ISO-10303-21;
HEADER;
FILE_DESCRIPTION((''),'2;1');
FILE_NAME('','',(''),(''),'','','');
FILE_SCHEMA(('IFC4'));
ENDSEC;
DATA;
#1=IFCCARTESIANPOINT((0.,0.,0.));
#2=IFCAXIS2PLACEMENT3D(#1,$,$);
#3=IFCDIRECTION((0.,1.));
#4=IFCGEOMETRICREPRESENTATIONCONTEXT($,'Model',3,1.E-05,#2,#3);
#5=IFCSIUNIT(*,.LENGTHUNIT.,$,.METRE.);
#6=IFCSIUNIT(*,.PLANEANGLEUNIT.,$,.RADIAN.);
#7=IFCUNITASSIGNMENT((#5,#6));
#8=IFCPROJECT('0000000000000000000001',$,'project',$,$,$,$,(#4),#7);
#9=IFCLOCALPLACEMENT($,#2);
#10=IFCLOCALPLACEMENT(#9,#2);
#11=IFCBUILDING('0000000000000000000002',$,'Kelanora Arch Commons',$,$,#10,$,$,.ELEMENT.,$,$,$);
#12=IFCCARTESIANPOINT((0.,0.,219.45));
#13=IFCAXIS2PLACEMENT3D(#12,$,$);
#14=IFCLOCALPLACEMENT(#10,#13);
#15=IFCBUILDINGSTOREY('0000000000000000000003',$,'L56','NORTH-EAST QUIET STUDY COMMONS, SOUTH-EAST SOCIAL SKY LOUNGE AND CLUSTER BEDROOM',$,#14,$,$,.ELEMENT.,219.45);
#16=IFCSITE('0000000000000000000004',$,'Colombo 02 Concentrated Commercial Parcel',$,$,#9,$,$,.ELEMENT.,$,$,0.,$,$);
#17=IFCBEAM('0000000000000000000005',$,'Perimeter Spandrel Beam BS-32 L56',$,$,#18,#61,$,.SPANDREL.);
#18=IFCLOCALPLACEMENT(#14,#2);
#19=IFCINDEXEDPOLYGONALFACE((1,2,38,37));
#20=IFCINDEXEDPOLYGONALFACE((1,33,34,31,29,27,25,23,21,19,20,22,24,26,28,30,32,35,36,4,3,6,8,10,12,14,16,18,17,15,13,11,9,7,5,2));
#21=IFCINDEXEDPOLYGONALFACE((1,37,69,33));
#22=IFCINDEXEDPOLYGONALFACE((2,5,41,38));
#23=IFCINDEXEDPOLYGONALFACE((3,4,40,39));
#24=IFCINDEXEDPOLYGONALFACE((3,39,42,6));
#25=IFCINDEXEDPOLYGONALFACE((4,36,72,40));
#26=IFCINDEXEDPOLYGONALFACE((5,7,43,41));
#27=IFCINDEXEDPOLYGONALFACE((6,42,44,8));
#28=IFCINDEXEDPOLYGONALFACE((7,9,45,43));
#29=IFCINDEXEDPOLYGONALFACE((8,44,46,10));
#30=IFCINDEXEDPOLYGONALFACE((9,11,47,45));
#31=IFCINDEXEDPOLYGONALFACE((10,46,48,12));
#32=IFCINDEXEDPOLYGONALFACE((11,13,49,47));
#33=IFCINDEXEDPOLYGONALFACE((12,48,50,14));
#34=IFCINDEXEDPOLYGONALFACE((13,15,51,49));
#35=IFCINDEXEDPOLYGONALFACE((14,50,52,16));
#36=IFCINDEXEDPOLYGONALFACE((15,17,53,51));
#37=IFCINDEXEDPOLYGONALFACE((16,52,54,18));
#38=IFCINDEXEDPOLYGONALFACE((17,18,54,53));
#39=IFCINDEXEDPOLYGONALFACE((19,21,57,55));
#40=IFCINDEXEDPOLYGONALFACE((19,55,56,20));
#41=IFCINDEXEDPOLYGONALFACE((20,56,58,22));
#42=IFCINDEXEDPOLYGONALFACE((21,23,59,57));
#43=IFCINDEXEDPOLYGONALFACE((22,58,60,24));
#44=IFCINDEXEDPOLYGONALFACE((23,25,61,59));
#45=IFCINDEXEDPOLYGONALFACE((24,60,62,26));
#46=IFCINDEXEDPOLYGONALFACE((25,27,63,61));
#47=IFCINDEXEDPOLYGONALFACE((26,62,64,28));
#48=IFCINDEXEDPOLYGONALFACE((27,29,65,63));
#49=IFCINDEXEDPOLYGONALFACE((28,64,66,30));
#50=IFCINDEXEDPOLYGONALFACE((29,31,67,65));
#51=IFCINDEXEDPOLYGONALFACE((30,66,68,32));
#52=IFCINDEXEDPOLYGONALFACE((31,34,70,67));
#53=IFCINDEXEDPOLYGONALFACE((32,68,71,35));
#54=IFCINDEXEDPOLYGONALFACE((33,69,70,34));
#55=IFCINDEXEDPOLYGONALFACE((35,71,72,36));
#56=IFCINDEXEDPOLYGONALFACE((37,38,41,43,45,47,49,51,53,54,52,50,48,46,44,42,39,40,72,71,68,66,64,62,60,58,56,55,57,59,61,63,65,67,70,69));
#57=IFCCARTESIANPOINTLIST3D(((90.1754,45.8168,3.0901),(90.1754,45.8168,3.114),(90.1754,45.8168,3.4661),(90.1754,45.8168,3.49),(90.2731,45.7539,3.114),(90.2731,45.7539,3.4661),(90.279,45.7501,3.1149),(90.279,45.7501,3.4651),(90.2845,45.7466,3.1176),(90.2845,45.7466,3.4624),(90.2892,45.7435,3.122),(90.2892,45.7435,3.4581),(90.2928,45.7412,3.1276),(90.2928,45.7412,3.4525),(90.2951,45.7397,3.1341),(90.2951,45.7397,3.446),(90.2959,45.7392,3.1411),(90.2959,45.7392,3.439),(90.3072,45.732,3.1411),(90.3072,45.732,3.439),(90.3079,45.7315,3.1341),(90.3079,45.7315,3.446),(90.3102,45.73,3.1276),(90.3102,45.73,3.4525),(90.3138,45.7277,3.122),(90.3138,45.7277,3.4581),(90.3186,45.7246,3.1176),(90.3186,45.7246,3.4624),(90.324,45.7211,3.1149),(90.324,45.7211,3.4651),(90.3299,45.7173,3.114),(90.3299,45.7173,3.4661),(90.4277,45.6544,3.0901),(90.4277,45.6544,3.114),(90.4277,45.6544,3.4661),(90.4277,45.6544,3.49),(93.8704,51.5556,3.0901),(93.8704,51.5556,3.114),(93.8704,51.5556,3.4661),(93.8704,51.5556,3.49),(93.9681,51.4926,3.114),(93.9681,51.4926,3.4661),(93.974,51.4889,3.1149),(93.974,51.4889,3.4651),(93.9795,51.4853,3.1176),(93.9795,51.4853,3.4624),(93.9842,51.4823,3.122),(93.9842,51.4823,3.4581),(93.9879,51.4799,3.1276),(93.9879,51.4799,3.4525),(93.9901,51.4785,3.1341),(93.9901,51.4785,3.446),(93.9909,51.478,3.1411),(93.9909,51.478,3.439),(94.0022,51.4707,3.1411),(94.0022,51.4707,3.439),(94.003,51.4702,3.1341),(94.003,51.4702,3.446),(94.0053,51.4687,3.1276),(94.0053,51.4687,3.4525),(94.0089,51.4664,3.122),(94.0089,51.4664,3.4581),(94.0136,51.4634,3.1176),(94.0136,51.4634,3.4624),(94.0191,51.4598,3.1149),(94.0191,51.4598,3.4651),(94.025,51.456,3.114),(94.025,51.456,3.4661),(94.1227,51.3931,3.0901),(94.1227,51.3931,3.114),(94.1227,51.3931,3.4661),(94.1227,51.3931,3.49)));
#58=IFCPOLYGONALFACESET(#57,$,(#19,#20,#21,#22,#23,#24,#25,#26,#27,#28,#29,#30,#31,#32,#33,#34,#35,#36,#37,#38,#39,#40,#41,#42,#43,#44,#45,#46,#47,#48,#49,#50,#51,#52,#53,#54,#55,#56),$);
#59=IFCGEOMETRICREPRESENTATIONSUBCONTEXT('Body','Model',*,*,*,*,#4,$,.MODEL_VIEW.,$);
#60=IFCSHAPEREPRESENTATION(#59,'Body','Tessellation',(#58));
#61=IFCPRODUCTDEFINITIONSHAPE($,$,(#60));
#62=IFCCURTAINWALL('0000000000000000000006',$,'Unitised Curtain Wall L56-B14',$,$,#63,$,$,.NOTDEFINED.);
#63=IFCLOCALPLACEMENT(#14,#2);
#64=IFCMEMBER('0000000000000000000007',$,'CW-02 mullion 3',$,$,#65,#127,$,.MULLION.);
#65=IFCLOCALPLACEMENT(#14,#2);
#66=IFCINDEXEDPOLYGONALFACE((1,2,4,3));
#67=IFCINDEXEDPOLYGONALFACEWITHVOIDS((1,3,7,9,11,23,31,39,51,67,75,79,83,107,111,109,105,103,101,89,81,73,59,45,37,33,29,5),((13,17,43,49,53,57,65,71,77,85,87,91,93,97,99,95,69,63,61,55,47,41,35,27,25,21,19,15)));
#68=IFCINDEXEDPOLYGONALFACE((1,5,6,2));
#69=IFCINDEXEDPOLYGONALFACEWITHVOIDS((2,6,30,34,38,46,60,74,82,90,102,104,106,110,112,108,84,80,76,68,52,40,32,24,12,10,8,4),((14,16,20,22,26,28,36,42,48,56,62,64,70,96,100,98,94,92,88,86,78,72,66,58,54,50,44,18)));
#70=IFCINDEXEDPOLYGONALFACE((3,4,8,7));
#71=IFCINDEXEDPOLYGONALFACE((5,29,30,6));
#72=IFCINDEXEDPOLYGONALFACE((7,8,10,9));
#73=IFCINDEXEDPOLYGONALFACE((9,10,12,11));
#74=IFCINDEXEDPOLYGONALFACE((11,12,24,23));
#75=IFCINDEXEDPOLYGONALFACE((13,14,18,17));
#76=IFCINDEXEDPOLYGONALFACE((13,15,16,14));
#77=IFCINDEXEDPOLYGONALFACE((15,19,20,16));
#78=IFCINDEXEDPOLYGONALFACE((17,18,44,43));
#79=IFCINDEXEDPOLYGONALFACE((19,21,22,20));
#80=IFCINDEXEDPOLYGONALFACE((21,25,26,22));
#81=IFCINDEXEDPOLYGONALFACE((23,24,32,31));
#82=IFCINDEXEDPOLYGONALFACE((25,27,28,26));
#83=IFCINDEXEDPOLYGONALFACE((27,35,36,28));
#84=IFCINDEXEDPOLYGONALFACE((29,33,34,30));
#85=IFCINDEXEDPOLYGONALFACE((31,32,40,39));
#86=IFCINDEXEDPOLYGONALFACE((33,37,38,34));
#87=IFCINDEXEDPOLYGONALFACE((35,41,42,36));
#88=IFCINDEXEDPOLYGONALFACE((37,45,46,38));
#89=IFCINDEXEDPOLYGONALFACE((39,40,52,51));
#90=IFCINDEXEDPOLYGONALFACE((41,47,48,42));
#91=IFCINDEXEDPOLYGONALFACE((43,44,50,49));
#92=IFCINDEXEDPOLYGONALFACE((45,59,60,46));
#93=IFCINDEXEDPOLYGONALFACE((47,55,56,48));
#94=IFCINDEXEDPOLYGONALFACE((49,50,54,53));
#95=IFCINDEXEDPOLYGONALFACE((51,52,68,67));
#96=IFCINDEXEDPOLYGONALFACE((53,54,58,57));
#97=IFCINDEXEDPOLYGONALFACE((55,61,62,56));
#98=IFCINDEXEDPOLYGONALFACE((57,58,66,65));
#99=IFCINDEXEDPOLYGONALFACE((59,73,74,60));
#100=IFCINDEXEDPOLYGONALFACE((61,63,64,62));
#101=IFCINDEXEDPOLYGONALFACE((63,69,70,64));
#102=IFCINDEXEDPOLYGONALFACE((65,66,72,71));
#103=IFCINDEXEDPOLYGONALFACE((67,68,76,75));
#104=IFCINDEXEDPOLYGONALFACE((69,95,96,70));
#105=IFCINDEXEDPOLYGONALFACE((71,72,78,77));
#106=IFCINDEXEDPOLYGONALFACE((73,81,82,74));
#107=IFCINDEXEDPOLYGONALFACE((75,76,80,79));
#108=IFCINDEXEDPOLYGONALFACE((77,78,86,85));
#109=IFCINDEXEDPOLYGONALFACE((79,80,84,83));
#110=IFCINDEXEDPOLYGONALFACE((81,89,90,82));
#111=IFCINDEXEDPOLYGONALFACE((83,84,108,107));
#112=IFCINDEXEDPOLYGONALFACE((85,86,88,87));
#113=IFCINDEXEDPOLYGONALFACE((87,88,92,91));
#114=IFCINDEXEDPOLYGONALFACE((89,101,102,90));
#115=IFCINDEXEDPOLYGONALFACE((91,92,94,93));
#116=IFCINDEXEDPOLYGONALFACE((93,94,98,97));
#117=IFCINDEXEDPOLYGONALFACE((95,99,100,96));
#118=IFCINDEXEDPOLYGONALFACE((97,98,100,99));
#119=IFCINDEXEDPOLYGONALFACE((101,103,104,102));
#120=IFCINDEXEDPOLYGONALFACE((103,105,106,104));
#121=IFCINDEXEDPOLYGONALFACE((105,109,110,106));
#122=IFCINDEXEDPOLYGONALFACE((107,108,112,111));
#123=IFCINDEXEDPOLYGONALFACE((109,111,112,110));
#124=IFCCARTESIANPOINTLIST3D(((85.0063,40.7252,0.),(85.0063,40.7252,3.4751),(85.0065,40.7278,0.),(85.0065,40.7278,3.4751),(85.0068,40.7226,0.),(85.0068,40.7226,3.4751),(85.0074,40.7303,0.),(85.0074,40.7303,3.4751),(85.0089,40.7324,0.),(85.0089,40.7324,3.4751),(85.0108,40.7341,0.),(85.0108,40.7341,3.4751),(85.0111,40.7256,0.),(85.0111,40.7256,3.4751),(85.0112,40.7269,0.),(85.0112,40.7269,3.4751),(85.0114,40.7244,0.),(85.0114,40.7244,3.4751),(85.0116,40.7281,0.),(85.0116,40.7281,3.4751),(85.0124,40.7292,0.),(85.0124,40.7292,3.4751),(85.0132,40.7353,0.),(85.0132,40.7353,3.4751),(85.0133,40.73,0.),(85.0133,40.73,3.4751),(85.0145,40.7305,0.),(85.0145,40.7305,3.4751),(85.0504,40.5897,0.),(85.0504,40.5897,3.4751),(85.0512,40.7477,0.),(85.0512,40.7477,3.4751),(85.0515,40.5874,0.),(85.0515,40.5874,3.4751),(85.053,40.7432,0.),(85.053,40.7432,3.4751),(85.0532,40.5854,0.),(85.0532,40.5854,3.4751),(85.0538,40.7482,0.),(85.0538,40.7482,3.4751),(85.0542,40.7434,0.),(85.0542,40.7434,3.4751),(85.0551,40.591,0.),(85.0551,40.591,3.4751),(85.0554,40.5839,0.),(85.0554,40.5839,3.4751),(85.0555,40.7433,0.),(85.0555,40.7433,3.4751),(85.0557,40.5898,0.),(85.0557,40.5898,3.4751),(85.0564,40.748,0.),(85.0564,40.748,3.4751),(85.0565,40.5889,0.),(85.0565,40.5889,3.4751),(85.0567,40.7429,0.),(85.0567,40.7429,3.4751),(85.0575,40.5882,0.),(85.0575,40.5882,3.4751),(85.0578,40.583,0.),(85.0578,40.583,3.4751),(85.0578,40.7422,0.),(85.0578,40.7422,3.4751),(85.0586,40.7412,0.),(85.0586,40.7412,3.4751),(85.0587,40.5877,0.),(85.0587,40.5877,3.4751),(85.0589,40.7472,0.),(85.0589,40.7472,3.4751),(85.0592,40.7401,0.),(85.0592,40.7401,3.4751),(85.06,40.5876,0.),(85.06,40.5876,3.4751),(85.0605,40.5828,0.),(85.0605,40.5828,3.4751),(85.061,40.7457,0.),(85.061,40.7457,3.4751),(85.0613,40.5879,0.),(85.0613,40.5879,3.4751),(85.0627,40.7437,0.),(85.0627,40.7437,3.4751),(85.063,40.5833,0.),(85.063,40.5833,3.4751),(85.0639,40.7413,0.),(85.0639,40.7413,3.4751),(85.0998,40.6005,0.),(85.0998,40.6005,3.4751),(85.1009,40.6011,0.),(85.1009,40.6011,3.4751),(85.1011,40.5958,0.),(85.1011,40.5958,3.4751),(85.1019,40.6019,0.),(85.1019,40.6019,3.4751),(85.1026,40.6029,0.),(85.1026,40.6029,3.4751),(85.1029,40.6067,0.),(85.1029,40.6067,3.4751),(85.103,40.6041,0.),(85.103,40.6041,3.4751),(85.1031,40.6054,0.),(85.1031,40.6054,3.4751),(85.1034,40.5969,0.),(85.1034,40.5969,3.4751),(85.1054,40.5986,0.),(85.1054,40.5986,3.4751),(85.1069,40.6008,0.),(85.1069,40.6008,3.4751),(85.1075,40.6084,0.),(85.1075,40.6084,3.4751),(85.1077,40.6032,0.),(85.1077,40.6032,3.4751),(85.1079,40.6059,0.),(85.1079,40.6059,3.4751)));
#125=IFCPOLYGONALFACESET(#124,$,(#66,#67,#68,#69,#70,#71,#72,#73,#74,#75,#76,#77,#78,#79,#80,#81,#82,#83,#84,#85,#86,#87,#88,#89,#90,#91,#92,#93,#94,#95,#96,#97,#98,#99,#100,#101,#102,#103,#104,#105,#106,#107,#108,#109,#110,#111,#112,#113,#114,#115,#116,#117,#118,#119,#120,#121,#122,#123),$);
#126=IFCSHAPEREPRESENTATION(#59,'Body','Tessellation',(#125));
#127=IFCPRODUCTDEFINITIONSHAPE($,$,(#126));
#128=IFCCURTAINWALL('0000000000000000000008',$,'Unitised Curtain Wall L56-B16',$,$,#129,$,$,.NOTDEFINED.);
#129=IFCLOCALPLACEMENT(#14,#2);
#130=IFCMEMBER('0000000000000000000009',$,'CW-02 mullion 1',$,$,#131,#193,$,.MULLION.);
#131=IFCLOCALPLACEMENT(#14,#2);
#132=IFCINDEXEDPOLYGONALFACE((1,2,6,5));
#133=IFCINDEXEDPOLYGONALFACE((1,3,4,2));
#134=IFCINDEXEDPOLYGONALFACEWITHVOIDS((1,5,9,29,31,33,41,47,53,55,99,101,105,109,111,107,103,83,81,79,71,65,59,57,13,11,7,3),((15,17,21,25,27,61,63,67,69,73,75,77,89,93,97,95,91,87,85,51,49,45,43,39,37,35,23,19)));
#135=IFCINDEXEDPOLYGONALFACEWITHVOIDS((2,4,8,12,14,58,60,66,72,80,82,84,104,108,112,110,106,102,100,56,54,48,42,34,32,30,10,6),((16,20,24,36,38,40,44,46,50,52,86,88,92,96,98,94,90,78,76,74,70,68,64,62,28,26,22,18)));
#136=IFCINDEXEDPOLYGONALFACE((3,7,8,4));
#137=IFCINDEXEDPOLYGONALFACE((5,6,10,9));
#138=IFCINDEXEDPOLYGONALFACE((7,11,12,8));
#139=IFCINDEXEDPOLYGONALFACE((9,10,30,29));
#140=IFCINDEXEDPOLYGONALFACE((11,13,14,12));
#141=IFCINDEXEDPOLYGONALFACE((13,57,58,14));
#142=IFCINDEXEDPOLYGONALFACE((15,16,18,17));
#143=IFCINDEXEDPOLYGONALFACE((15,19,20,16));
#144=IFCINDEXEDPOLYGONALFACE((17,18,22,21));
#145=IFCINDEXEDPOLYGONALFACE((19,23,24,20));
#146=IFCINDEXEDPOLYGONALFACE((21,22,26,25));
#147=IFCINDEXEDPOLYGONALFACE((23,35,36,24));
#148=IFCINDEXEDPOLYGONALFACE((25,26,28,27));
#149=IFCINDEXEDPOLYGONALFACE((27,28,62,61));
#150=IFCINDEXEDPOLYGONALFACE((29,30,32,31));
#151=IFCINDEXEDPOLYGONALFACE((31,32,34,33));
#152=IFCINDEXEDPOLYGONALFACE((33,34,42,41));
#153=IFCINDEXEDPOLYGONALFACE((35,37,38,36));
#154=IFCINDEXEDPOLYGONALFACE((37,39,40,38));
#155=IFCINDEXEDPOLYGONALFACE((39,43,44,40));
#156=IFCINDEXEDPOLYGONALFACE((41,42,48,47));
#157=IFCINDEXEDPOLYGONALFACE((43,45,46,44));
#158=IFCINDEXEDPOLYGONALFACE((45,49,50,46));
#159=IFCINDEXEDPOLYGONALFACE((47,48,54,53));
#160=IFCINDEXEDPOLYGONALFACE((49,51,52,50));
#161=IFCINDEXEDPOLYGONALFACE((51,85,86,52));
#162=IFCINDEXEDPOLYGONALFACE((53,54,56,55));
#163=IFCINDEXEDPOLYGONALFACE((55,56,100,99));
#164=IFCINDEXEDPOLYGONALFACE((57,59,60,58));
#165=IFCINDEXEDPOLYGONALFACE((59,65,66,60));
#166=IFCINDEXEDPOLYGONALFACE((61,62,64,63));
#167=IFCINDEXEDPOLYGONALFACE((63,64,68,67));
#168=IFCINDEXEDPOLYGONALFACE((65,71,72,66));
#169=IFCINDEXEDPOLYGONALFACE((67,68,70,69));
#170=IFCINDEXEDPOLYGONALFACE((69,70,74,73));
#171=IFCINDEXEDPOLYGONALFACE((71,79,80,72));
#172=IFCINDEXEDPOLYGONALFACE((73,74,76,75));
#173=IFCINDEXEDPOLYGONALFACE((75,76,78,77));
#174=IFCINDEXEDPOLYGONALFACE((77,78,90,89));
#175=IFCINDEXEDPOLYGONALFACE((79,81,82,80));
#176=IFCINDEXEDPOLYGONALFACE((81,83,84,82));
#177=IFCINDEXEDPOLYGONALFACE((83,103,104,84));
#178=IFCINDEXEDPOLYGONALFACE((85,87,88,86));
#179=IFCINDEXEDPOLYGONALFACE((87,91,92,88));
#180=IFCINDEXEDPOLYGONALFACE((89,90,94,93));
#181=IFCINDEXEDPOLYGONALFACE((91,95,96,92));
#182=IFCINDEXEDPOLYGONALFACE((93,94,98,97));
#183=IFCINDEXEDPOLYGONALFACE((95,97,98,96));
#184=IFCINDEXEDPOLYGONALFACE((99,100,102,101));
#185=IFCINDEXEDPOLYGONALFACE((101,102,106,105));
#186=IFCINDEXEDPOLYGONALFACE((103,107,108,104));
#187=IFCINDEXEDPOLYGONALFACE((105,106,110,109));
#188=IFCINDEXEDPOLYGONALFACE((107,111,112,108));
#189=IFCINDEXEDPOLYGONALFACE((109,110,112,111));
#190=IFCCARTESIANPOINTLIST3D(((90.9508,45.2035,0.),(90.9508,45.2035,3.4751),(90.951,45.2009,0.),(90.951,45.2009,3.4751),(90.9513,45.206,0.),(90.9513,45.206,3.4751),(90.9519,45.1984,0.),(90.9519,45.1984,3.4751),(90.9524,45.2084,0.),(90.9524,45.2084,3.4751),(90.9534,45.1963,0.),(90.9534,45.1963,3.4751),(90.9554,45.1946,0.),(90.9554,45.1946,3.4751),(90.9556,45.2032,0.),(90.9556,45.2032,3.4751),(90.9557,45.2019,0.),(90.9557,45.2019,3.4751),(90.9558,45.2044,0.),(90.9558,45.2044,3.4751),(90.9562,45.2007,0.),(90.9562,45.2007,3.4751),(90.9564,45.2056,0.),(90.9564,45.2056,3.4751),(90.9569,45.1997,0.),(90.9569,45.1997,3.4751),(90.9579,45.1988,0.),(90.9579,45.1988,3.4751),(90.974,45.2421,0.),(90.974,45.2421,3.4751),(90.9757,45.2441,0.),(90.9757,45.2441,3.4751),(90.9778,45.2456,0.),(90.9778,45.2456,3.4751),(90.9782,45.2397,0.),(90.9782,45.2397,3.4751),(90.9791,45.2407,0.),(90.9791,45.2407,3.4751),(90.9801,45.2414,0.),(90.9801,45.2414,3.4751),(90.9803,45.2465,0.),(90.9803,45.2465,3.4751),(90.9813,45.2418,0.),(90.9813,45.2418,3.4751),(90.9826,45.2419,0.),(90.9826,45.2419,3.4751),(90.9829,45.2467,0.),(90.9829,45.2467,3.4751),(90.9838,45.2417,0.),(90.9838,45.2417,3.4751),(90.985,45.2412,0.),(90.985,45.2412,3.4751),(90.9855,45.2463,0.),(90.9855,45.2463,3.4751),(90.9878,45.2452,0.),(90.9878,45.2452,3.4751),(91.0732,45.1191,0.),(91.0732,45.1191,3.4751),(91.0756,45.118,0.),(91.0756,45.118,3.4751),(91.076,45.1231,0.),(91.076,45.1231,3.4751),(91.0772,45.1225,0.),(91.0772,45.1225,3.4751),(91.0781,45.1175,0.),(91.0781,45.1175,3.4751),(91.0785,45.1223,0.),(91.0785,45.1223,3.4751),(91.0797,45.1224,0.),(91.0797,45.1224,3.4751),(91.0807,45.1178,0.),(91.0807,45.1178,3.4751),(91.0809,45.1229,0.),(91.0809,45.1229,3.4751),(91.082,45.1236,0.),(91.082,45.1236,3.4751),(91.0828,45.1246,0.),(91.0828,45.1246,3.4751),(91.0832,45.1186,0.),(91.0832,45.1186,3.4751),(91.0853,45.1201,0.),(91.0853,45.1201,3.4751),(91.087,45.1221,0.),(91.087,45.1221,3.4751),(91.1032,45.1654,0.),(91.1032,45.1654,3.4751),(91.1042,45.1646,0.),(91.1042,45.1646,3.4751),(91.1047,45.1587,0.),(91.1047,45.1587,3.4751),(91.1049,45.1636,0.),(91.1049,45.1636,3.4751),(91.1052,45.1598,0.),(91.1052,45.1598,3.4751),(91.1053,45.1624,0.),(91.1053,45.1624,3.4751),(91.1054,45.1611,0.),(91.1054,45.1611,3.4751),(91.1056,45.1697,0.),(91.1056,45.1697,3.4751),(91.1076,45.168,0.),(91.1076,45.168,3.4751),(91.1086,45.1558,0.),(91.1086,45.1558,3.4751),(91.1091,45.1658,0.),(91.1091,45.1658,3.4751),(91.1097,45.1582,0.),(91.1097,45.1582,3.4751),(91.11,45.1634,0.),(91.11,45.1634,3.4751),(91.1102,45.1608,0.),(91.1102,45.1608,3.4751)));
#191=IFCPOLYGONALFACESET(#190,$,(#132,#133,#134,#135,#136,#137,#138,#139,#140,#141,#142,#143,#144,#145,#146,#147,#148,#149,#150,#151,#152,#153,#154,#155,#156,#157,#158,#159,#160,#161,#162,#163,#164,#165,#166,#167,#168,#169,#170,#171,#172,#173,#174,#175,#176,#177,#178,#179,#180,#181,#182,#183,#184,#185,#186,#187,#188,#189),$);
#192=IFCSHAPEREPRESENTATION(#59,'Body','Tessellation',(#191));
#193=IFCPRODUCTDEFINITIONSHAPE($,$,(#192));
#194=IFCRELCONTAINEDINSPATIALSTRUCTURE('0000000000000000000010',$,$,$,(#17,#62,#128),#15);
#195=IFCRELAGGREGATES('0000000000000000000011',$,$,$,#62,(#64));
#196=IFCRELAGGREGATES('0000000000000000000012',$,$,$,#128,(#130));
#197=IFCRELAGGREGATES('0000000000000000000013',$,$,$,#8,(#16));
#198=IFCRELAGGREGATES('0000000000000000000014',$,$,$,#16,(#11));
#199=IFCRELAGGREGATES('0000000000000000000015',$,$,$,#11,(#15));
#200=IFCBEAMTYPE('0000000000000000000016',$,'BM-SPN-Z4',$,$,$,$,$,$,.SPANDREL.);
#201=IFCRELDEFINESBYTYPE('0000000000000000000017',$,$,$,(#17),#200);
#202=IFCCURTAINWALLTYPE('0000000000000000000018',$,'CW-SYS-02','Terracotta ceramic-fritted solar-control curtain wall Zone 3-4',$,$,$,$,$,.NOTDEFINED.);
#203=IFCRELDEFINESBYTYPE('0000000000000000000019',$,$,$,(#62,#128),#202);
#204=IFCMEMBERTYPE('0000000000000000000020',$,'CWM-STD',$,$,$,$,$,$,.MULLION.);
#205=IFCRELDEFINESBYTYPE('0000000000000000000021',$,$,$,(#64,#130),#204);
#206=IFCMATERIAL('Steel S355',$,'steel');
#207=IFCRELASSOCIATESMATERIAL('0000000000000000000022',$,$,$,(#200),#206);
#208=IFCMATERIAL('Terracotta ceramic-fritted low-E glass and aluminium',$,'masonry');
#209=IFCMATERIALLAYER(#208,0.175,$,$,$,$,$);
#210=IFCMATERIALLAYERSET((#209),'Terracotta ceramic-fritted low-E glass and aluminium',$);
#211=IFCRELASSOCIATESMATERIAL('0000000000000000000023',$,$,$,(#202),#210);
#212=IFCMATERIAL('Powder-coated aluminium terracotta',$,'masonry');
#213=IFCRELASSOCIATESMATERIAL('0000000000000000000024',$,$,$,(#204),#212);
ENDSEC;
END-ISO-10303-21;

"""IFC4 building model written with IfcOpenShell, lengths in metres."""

from ifc_helpers import new_model, si_unit, direction, frame, origin, origin_2d, place, context, subcontext, project, spatial, hollow_rectangle, i_section, extrude, material, layer, layer_set, material_profile, profile_set, type_object, element, aggregate, save


model = new_model("IFC4")

# Units and contexts
model_context = context("Model", 3, precision=1e-05, world=origin(), true_north=direction((0.0, 1.0)))
body_context = subcontext(model_context, "Body", "Model", "MODEL_VIEW")
ifc_project = project(units=[si_unit("LENGTHUNIT", "METRE"), si_unit("PLANEANGLEUNIT", "RADIAN")], contexts=[model_context])

# Site, building, storey
site_placement = place(None, origin())
site = spatial("IfcSite", under=ifc_project, at=site_placement, Name="Colombo 02 Concentrated Commercial Parcel", CompositionType="ELEMENT", RefElevation=0.0)
building_placement = place(site_placement, origin())
building = spatial("IfcBuilding", under=site, at=building_placement, Name="Kelanora Arch Commons", CompositionType="ELEMENT")
storey_placement = place(building_placement, frame((0.0, 0.0, 219.45)))
storey = spatial("IfcBuildingStorey", under=building, at=storey_placement, Name="L56", Description="NORTH-EAST QUIET STUDY COMMONS, SOUTH-EAST SOCIAL SKY LOUNGE AND CLUSTER BEDROOM", CompositionType="ELEMENT", Elevation=219.45)

# Beam
ifc_material_1 = material(Name="Steel S355", Category="steel")
ifc_material_profile_1 = material_profile(ifc_material_1, i_section(OverallWidth=0.3, OverallDepth=0.3999, WebThickness=0.0134, FlangeThickness=0.0239, FilletRadius=0.0271, at=origin_2d()), Name="HEB400")
ifc_profile_set_1 = profile_set([ifc_material_profile_1], Name="Steel S355")
beam_type_1 = type_object("IfcBeamType", Name="BM-SPN-Z4", PredefinedType="SPANDREL", material=ifc_profile_set_1)
beam_1_placement = place(storey_placement, frame((90.3015, 45.7356, 3.29), z_axis=(0.541365, 0.840788, 0.0), x_axis=(-0.840788, 0.541365, 0.0)))
element("IfcBeam", 1, at=beam_1_placement, inside=storey, type_object=beam_type_1, Name="Perimeter Spandrel Beam BS-32 L56", PredefinedType="SPANDREL", context=body_context, shape_type="SweptSolid", body=[
    extrude(i_section(OverallWidth=0.3, OverallDepth=0.3999, WebThickness=0.0134, FlangeThickness=0.0239, FilletRadius=0.0271, at=origin_2d()), origin(), (0.0, 0.0, 1.0), 6.8254),
])

# Curtain wall, member
ifc_material_2 = material(Name="Terracotta ceramic-fritted low-E glass and aluminium", Category="masonry")
ifc_layer_1 = layer(ifc_material_2, 0.175)
ifc_layer_set_1 = layer_set([ifc_layer_1], Name="Terracotta ceramic-fritted low-E glass and aluminium")
curtain_wall_type = type_object("IfcCurtainWallType", Name="CW-SYS-02", Description="Terracotta ceramic-fritted solar-control curtain wall Zone 3-4", PredefinedType="NOTDEFINED", material=ifc_layer_set_1)
curtain_wall_1_placement = place(storey_placement, origin())
curtain_wall_1 = element("IfcCurtainWall", 2, at=curtain_wall_1_placement, inside=storey, type_object=curtain_wall_type, Name="Unitised Curtain Wall L56-B14", PredefinedType="NOTDEFINED")
ifc_material_3 = material(Name="Powder-coated aluminium terracotta", Category="masonry")
ifc_material_profile_2 = material_profile(ifc_material_3, hollow_rectangle(XDim=0.1599, YDim=0.0601, WallThickness=0.0049, InnerFilletRadius=0.0049, OuterFilletRadius=0.01, at=origin_2d()), Name="CWM160x60")
ifc_profile_set_2 = profile_set([ifc_material_profile_2], Name="Powder-coated aluminium terracotta")
member_type_1 = type_object("IfcMemberType", Name="CWM-STD", PredefinedType="MULLION", material=ifc_profile_set_2)
member_1_placement = place(storey_placement, frame((85.0571, 40.6655, 0.0), z_axis=(0.0, 0.0, 1.0), x_axis=(-0.311582, 0.950219, 0.0)))
member_1 = element("IfcMember", 3, at=member_1_placement, type_object=member_type_1, Name="CW-02 mullion 3", PredefinedType="MULLION", context=body_context, shape_type="SweptSolid", body=[
    extrude(hollow_rectangle(XDim=0.1599, YDim=0.0601, WallThickness=0.0049, InnerFilletRadius=0.0049, OuterFilletRadius=0.01, at=origin_2d()), origin(), (0.0, 0.0, 1.0), 3.4751),
])

# Curtain wall, member
curtain_wall_2_placement = place(storey_placement, origin())
curtain_wall_2 = element("IfcCurtainWall", 4, at=curtain_wall_2_placement, inside=storey, type_object=curtain_wall_type, Name="Unitised Curtain Wall L56-B16", PredefinedType="NOTDEFINED")
member_2_placement = place(storey_placement, frame((91.0305, 45.1821, 0.0), z_axis=(0.0, 0.0, 1.0), x_axis=(-0.841948, 0.539559, 0.0)))
member_2 = element("IfcMember", 5, at=member_2_placement, type_object=member_type_1, Name="CW-02 mullion 1", PredefinedType="MULLION", context=body_context, shape_type="SweptSolid", body=[
    extrude(hollow_rectangle(XDim=0.1599, YDim=0.0601, WallThickness=0.0049, InnerFilletRadius=0.0049, OuterFilletRadius=0.01, at=origin_2d()), origin(), (0.0, 0.0, 1.0), 3.4751),
])

aggregate(curtain_wall_1, [member_1])
aggregate(curtain_wall_2, [member_2])

save(model, "model.ifc")
